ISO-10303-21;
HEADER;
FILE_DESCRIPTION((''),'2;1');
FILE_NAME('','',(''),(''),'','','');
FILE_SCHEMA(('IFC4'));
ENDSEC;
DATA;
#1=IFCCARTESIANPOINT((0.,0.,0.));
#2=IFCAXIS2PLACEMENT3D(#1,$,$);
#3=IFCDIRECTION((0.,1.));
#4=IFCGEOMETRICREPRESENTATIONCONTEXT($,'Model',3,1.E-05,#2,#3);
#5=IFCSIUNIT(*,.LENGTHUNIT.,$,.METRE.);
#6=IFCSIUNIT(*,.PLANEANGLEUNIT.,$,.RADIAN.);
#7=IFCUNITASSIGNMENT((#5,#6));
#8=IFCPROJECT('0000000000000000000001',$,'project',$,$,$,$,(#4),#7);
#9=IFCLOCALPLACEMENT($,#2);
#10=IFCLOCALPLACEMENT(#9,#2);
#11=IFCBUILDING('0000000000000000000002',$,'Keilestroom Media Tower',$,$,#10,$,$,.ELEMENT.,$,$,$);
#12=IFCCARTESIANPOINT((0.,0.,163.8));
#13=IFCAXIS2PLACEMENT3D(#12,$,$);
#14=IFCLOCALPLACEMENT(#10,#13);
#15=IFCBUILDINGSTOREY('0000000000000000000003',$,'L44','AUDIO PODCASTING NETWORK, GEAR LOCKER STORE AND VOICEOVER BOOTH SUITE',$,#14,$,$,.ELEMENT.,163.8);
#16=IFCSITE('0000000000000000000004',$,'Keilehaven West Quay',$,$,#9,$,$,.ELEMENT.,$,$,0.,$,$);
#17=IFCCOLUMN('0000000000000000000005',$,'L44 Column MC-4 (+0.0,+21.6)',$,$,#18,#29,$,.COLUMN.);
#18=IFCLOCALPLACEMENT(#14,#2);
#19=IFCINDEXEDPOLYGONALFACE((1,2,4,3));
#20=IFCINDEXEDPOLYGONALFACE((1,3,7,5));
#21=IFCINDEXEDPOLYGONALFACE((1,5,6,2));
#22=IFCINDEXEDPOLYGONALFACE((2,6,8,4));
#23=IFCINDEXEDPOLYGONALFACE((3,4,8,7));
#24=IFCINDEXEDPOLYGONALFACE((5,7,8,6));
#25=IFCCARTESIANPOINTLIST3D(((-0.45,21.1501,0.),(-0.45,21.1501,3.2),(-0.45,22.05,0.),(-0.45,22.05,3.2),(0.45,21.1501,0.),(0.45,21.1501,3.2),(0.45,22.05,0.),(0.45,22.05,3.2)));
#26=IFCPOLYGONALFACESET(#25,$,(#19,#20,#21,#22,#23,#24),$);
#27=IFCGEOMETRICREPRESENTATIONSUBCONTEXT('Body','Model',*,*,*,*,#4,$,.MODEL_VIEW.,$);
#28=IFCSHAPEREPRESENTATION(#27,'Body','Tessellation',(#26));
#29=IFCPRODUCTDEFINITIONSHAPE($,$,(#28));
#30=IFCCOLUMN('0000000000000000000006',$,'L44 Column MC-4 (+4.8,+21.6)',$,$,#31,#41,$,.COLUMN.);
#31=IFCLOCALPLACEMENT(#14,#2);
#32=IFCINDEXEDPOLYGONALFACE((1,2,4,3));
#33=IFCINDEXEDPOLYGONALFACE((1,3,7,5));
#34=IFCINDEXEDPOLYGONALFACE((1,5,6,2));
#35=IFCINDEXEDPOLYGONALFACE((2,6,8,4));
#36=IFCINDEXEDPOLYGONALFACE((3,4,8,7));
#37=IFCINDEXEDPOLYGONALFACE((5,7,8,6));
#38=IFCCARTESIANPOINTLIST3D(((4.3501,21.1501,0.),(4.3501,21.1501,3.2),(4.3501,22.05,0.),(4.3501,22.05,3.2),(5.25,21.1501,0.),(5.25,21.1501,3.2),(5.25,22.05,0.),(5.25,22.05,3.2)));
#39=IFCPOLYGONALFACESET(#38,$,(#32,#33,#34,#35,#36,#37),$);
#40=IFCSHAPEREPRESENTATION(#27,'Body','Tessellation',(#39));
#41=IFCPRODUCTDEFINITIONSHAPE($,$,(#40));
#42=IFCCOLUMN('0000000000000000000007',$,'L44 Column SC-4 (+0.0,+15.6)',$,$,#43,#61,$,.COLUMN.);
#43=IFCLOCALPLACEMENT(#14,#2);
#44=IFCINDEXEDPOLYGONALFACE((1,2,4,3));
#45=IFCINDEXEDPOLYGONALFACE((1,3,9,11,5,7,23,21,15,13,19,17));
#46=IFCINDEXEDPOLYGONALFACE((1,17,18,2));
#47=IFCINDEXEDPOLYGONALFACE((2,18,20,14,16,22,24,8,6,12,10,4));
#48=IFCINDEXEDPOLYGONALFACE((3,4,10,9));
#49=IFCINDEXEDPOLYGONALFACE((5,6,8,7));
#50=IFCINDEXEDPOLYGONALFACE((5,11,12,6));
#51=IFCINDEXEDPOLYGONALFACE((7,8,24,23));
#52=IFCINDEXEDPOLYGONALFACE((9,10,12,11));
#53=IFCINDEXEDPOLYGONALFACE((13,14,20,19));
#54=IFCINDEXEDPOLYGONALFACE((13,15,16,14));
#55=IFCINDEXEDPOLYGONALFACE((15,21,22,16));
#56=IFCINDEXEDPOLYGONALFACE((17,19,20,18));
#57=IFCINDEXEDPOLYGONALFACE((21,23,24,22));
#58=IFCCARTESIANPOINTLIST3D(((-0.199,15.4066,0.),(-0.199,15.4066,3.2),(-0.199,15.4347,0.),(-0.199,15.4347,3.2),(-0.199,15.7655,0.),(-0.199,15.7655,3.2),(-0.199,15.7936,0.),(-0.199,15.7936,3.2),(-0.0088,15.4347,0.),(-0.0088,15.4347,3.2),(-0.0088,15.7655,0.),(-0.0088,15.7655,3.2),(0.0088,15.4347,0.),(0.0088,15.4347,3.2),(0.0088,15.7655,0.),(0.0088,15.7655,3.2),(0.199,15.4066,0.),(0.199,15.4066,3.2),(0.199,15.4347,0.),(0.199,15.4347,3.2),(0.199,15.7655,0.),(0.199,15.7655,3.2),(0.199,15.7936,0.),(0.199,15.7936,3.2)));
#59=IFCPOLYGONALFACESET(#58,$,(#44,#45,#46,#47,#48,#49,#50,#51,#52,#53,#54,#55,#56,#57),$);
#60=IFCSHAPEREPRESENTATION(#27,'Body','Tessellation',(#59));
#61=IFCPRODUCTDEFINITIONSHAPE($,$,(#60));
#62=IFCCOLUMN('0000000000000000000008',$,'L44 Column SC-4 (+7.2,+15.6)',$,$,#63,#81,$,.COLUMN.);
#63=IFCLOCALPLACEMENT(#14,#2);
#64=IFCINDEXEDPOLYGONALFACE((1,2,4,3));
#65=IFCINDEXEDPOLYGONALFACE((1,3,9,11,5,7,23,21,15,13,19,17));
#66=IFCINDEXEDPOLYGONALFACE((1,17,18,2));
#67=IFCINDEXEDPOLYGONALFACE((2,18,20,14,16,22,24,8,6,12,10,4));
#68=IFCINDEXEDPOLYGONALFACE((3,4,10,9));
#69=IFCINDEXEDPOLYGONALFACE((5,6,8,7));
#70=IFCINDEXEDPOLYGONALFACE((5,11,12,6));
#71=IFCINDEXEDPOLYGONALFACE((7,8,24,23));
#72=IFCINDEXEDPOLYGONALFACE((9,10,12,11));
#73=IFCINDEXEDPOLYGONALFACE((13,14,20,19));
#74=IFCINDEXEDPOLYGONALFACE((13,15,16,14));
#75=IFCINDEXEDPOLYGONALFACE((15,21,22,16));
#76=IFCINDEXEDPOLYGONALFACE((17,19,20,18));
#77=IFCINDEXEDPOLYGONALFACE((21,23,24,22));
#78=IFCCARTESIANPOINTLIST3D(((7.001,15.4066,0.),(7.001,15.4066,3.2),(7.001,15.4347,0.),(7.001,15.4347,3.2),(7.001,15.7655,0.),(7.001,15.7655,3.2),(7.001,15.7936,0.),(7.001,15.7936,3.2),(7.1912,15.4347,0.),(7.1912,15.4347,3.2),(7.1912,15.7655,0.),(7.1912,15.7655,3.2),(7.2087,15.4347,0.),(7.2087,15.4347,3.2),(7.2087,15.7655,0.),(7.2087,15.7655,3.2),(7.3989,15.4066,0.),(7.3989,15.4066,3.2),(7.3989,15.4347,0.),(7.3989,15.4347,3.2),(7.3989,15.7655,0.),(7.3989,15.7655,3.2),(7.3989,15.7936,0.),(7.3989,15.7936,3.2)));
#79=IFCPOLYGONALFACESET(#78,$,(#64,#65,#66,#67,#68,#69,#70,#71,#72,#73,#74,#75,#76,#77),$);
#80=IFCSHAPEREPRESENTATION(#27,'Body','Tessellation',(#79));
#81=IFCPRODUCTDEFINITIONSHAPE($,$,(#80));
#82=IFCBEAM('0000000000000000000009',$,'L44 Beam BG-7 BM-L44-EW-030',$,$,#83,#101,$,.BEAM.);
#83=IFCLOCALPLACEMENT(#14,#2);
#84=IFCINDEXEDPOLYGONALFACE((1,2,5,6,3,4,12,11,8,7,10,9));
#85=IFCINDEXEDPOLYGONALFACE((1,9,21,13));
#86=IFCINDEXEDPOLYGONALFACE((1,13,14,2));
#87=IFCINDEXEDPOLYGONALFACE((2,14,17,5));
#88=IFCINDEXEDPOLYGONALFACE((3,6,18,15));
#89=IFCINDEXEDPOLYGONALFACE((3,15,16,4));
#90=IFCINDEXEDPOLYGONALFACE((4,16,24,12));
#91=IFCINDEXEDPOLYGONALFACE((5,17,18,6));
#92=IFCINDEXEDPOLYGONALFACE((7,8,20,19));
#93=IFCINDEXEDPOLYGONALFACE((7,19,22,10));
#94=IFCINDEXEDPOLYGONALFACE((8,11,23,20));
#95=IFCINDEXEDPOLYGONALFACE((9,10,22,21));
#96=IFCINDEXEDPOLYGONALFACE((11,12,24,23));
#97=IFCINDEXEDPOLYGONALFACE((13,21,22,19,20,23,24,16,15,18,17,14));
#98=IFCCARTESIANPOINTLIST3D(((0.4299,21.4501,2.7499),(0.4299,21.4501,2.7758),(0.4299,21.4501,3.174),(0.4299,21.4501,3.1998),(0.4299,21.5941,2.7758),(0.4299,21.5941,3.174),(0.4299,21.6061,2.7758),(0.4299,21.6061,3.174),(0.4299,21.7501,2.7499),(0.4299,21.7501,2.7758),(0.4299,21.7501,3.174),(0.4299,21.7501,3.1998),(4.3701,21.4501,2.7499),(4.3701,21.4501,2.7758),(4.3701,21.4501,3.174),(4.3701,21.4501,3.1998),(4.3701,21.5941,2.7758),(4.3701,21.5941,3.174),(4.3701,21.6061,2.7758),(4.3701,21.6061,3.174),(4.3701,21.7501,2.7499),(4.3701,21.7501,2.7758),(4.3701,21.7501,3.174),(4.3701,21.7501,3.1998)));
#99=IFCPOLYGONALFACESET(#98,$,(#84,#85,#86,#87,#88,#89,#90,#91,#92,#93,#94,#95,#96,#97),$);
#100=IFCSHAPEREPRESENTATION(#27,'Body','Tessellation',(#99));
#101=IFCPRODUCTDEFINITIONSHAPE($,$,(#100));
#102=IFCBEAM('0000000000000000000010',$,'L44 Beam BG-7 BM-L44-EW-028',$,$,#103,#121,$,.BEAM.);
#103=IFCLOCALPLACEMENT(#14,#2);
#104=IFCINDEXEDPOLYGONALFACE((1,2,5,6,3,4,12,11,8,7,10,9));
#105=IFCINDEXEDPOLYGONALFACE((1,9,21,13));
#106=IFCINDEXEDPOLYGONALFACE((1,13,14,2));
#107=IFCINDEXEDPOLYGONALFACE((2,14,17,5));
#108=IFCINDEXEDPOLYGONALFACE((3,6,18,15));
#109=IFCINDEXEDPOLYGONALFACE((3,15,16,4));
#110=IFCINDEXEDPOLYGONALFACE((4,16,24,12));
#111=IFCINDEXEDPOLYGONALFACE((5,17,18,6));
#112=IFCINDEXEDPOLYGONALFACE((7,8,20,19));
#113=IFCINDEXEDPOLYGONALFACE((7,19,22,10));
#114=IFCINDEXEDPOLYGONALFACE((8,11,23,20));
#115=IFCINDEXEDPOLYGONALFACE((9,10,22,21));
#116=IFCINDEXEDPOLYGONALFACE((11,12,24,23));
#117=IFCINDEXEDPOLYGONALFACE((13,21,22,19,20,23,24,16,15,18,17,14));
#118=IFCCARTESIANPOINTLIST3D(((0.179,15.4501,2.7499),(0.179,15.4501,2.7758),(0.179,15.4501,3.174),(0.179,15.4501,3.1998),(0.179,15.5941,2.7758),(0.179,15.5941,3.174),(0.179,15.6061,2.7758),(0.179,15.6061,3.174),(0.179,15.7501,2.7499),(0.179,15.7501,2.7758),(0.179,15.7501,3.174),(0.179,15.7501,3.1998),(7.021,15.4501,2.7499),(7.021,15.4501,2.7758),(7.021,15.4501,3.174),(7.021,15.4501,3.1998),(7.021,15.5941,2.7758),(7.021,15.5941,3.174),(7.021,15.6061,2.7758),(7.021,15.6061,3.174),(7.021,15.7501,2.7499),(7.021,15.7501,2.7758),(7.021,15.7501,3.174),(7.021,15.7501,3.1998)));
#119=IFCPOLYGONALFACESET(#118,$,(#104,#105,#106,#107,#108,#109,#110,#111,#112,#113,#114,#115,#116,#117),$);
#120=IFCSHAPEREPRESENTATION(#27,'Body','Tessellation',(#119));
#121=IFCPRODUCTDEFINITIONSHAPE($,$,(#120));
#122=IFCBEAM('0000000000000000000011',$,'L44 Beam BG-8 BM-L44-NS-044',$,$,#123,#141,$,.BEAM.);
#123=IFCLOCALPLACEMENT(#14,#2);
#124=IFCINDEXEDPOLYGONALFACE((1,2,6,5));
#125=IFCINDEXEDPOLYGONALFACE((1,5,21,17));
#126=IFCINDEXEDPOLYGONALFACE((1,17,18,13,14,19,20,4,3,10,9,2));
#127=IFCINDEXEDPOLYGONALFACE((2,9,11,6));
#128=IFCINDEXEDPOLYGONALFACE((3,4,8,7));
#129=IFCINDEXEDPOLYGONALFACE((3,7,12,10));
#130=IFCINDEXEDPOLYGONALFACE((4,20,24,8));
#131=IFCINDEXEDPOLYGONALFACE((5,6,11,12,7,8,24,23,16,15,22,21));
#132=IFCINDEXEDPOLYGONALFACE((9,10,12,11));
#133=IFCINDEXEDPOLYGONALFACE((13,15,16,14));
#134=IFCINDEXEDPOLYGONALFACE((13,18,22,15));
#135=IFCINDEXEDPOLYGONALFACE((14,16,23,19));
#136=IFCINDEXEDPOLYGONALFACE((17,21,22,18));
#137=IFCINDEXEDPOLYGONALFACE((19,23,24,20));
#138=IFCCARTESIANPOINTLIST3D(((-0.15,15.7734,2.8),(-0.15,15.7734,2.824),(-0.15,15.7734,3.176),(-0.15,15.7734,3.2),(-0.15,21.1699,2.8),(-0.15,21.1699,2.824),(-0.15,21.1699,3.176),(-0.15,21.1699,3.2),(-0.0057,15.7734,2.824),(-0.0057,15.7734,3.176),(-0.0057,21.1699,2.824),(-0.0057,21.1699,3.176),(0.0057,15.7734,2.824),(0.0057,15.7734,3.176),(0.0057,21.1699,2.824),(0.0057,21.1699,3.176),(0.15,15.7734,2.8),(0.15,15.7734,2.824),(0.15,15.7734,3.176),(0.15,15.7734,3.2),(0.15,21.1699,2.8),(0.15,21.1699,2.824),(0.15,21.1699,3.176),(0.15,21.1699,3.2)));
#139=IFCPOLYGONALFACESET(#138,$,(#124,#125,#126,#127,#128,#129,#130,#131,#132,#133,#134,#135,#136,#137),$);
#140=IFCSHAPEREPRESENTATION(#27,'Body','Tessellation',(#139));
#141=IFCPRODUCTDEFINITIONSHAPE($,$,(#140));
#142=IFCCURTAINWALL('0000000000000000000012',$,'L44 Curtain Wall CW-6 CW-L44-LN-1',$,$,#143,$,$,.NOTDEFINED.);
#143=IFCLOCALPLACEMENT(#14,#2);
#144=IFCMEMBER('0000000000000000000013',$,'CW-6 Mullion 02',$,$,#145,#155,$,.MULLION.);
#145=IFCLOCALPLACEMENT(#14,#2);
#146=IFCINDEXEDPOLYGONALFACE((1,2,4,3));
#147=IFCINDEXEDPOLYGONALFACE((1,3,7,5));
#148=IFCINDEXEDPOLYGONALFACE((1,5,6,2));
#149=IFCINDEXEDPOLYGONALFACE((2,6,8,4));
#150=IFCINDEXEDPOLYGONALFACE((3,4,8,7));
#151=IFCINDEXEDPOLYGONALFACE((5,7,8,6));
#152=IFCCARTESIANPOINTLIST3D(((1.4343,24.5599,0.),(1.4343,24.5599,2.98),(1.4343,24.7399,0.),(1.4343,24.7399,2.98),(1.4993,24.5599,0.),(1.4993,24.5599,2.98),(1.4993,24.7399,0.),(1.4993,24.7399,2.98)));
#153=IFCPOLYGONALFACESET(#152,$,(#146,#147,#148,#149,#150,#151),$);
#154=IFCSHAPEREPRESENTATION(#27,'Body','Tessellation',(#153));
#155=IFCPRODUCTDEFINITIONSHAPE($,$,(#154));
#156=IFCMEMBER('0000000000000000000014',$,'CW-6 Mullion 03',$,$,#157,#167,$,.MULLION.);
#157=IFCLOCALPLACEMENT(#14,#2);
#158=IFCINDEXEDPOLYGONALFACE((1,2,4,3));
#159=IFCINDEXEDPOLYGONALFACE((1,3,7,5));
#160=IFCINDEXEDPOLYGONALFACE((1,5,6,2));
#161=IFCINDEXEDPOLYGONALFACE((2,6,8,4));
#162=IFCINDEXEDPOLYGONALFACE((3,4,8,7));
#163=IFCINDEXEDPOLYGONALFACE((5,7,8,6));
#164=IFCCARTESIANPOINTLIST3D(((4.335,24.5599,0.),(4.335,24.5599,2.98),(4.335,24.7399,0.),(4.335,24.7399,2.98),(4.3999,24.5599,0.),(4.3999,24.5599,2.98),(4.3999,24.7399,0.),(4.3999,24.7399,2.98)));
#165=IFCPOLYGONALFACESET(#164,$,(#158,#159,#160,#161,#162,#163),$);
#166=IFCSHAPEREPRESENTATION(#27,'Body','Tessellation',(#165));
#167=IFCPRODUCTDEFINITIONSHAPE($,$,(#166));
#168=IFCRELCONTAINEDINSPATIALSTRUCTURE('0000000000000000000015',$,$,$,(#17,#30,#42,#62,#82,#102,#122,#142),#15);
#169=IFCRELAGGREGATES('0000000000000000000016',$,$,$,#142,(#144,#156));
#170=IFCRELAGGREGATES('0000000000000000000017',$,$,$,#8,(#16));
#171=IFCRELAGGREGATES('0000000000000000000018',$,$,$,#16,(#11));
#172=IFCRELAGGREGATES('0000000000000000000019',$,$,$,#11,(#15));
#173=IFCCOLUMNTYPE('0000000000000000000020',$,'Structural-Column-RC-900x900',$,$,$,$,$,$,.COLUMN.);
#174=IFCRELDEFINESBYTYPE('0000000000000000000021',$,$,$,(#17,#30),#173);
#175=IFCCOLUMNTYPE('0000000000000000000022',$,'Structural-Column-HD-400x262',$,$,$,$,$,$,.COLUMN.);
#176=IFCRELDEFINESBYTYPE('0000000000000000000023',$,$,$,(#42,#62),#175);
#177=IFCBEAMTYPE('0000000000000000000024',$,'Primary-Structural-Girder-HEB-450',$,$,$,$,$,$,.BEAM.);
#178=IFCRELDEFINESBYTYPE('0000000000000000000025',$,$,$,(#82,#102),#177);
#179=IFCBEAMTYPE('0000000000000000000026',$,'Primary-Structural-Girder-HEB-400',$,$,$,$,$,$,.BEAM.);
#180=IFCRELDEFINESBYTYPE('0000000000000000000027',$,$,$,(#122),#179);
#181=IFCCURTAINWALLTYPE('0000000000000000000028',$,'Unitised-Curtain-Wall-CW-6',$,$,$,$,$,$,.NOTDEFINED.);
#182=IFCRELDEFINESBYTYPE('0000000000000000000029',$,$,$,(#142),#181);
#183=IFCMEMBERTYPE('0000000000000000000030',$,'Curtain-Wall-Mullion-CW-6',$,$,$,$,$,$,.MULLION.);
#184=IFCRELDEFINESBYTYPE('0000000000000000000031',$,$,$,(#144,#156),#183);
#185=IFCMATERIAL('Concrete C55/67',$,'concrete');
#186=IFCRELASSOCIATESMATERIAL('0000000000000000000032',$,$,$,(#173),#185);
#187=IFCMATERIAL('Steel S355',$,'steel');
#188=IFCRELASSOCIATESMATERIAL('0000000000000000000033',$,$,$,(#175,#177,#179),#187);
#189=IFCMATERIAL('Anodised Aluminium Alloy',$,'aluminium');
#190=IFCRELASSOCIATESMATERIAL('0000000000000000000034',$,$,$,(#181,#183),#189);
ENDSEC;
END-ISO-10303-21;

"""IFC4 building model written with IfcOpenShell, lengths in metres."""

from ifc_helpers import new_model, si_unit, direction, frame, origin, origin_2d, place, context, subcontext, project, spatial, rectangle, i_section, extrude, source, transform, mapped, material, material_profile, profile_set, type_object, element, aggregate, save


model = new_model("IFC4")

# Units and contexts
model_context = context("Model", 3, precision=1e-05, world=origin(), true_north=direction((0.0, 1.0)))
body_context = subcontext(model_context, "Body", "Model", "MODEL_VIEW")
ifc_project = project(units=[si_unit("LENGTHUNIT", "METRE"), si_unit("PLANEANGLEUNIT", "RADIAN")], contexts=[model_context])

# Site, building, storey
site_placement = place(None, origin())
site = spatial("IfcSite", under=ifc_project, at=site_placement, Name="Keilehaven West Quay", CompositionType="ELEMENT", RefElevation=0.0)
building_placement = place(site_placement, origin())
building = spatial("IfcBuilding", under=site, at=building_placement, Name="Keilestroom Media Tower", CompositionType="ELEMENT")
storey_placement = place(building_placement, frame((0.0, 0.0, 163.8)))
storey = spatial("IfcBuildingStorey", under=building, at=storey_placement, Name="L44", Description="AUDIO PODCASTING NETWORK, GEAR LOCKER STORE AND VOICEOVER BOOTH SUITE", CompositionType="ELEMENT", Elevation=163.8)

# Columns
ifc_material_1 = material(Name="Concrete C55/67", Category="concrete")
ifc_material_profile_1 = material_profile(ifc_material_1, rectangle(XDim=0.8999, YDim=0.8999, at=origin_2d()), Name="RC 900x900")
ifc_profile_set_1 = profile_set([ifc_material_profile_1], Name="Concrete C55/67")
column_type_1 = type_object("IfcColumnType", Name="Structural-Column-RC-900x900", PredefinedType="COLUMN", material=ifc_profile_set_1)
shared_shape_1 = source(origin(), body_context, "Body", "SweptSolid", [
    extrude(rectangle(XDim=0.8999, YDim=0.8999, at=origin_2d()), origin(), (0.0, 0.0, 1.0), 3.2),
])
for number, where, z_axis, x_axis, name in (
    (1, (0.0, 21.6001, 0.0), (0.0, 0.0, 1.0), (1.0, 0.0, 0.0), "L44 Column MC-4 (+0.0,+21.6)"),
    (2, (4.8, 21.6001, 0.0), (0.0, 0.0, 1.0), (1.0, 0.0, 0.0), "L44 Column MC-4 (+4.8,+21.6)"),
):
    element("IfcColumn", number, at=place(storey_placement, frame(where, z_axis=z_axis, x_axis=x_axis)), inside=storey, type_object=column_type_1, Name=name, PredefinedType="COLUMN", context=body_context, shape_type="MappedRepresentation", body=[
        mapped(shared_shape_1, transform((0.0, 0.0, 0.0), x_axis=(1.0, 0.0, 0.0), y_axis=(0.0, 1.0, 0.0), z_axis=(0.0, 0.0, 1.0), scale=1.0)),
    ])
ifc_material_2 = material(Name="Steel S355", Category="steel")
ifc_material_profile_2 = material_profile(ifc_material_2, i_section(OverallWidth=0.3979, OverallDepth=0.387, WebThickness=0.0176, FlangeThickness=0.0281, at=origin_2d()), Name="HD 400x262")
ifc_profile_set_2 = profile_set([ifc_material_profile_2], Name="Steel S355")
column_type_2 = type_object("IfcColumnType", Name="Structural-Column-HD-400x262", PredefinedType="COLUMN", material=ifc_profile_set_2)
shared_shape_2 = source(origin(), body_context, "Body", "SweptSolid", [
    extrude(i_section(OverallWidth=0.3979, OverallDepth=0.387, WebThickness=0.0176, FlangeThickness=0.0281, at=origin_2d()), origin(), (0.0, 0.0, 1.0), 3.2),
])
for number, where, z_axis, x_axis, name in (
    (3, (0.0, 15.6001, 0.0), (0.0, 0.0, 1.0), (1.0, 0.0, 0.0), "L44 Column SC-4 (+0.0,+15.6)"),
    (4, (7.2, 15.6001, 0.0), (0.0, 0.0, 1.0), (1.0, 0.0, 0.0), "L44 Column SC-4 (+7.2,+15.6)"),
):
    element("IfcColumn", number, at=place(storey_placement, frame(where, z_axis=z_axis, x_axis=x_axis)), inside=storey, type_object=column_type_2, Name=name, PredefinedType="COLUMN", context=body_context, shape_type="MappedRepresentation", body=[
        mapped(shared_shape_2, transform((0.0, 0.0, 0.0), x_axis=(1.0, 0.0, 0.0), y_axis=(0.0, 1.0, 0.0), z_axis=(0.0, 0.0, 1.0), scale=1.0)),
    ])

# Beams
ifc_material_profile_3 = material_profile(ifc_material_2, i_section(OverallWidth=0.3, OverallDepth=0.45, WebThickness=0.012, FlangeThickness=0.0259, at=origin_2d()), Name="HEB 450")
ifc_profile_set_3 = profile_set([ifc_material_profile_3], Name="Steel S355")
beam_type_1 = type_object("IfcBeamType", Name="Primary-Structural-Girder-HEB-450", PredefinedType="BEAM", material=ifc_profile_set_3)
shared_shape_3 = source(origin(), body_context, "Body", "SweptSolid", [
    extrude(i_section(OverallWidth=0.3, OverallDepth=0.45, WebThickness=0.012, FlangeThickness=0.0259, at=origin_2d()), origin(), (0.0, 0.0, 1.0), 3.9402),
])
beam_1_placement = place(storey_placement, frame((0.4299, 21.6001, 2.9749), z_axis=(1.0, 0.0, 0.0), x_axis=(0.0, 1.0, 0.0)))
element("IfcBeam", 5, at=beam_1_placement, inside=storey, type_object=beam_type_1, Name="L44 Beam BG-7 BM-L44-EW-030", PredefinedType="BEAM", context=body_context, shape_type="MappedRepresentation", body=[
    mapped(shared_shape_3, transform((0.0, 0.0, 0.0), x_axis=(1.0, 0.0, 0.0), y_axis=(0.0, 1.0, 0.0), z_axis=(0.0, 0.0, 1.0), scale=1.0)),
])
shared_shape_4 = source(origin(), body_context, "Body", "SweptSolid", [
    extrude(i_section(OverallWidth=0.3, OverallDepth=0.45, WebThickness=0.012, FlangeThickness=0.0259, at=origin_2d()), origin(), (0.0, 0.0, 1.0), 6.842),
])
beam_2_placement = place(storey_placement, frame((0.179, 15.6001, 2.9749), z_axis=(1.0, 0.0, 0.0), x_axis=(0.0, 1.0, 0.0)))
element("IfcBeam", 6, at=beam_2_placement, inside=storey, type_object=beam_type_1, Name="L44 Beam BG-7 BM-L44-EW-028", PredefinedType="BEAM", context=body_context, shape_type="MappedRepresentation", body=[
    mapped(shared_shape_4, transform((0.0, 0.0, 0.0), x_axis=(1.0, 0.0, 0.0), y_axis=(0.0, 1.0, 0.0), z_axis=(0.0, 0.0, 1.0), scale=1.0)),
])
ifc_material_profile_4 = material_profile(ifc_material_2, i_section(OverallWidth=0.3, OverallDepth=0.3999, WebThickness=0.0115, FlangeThickness=0.0239, at=origin_2d()), Name="HEB 400")
ifc_profile_set_4 = profile_set([ifc_material_profile_4], Name="Steel S355")
beam_type_2 = type_object("IfcBeamType", Name="Primary-Structural-Girder-HEB-400", PredefinedType="BEAM", material=ifc_profile_set_4)
shared_shape_5 = source(origin(), body_context, "Body", "SweptSolid", [
    extrude(i_section(OverallWidth=0.3, OverallDepth=0.3999, WebThickness=0.0115, FlangeThickness=0.0239, at=origin_2d()), origin(), (0.0, 0.0, 1.0), 5.3965),
])
beam_3_placement = place(storey_placement, frame((0.0, 15.7734, 3.0), z_axis=(0.0, 1.0, 0.0), x_axis=(-1.0, 0.0, 0.0)))
element("IfcBeam", 7, at=beam_3_placement, inside=storey, type_object=beam_type_2, Name="L44 Beam BG-8 BM-L44-NS-044", PredefinedType="BEAM", context=body_context, shape_type="MappedRepresentation", body=[
    mapped(shared_shape_5, transform((0.0, 0.0, 0.0), x_axis=(1.0, 0.0, 0.0), y_axis=(0.0, 1.0, 0.0), z_axis=(0.0, 0.0, 1.0), scale=1.0)),
])

# Curtain wall, members
ifc_material_3 = material(Name="Anodised Aluminium Alloy", Category="aluminium")
curtain_wall_type = type_object("IfcCurtainWallType", Name="Unitised-Curtain-Wall-CW-6", PredefinedType="NOTDEFINED", material=ifc_material_3)
curtain_wall_placement = place(storey_placement, origin())
curtain_wall = element("IfcCurtainWall", 8, at=curtain_wall_placement, inside=storey, type_object=curtain_wall_type, Name="L44 Curtain Wall CW-6 CW-L44-LN-1", PredefinedType="NOTDEFINED")
ifc_material_profile_5 = material_profile(ifc_material_3, rectangle(XDim=0.0649, YDim=0.1799, at=origin_2d()), Name="ALU MULLION 65x180")
ifc_profile_set_5 = profile_set([ifc_material_profile_5], Name="Anodised Aluminium Alloy")
member_type_1 = type_object("IfcMemberType", Name="Curtain-Wall-Mullion-CW-6", PredefinedType="MULLION", material=ifc_profile_set_5)
shared_shape_6 = source(origin(), body_context, "Body", "SweptSolid", [
    extrude(rectangle(XDim=0.0649, YDim=0.1799, at=origin_2d()), origin(), (0.0, 0.0, 1.0), 2.98),
])
member_1_placement = place(storey_placement, frame((1.4668, 24.6499, 0.0), z_axis=(0.0, 0.0, 1.0), x_axis=(1.0, 0.0, 0.0)))
member_1 = element("IfcMember", 9, at=member_1_placement, type_object=member_type_1, Name="CW-6 Mullion 02", PredefinedType="MULLION", context=body_context, shape_type="MappedRepresentation", body=[
    mapped(shared_shape_6, transform((0.0, 0.0, 0.0), x_axis=(1.0, 0.0, 0.0), y_axis=(0.0, 1.0, 0.0), z_axis=(0.0, 0.0, 1.0), scale=1.0)),
])
member_2_placement = place(storey_placement, frame((4.3674, 24.6499, 0.0), z_axis=(0.0, 0.0, 1.0), x_axis=(1.0, 0.0, 0.0)))
member_2 = element("IfcMember", 10, at=member_2_placement, type_object=member_type_1, Name="CW-6 Mullion 03", PredefinedType="MULLION", context=body_context, shape_type="MappedRepresentation", body=[
    mapped(shared_shape_6, transform((0.0, 0.0, 0.0), x_axis=(1.0, 0.0, 0.0), y_axis=(0.0, 1.0, 0.0), z_axis=(0.0, 0.0, 1.0), scale=1.0)),
])
aggregate(curtain_wall, [member_1, member_2])

save(model, "model.ifc")
